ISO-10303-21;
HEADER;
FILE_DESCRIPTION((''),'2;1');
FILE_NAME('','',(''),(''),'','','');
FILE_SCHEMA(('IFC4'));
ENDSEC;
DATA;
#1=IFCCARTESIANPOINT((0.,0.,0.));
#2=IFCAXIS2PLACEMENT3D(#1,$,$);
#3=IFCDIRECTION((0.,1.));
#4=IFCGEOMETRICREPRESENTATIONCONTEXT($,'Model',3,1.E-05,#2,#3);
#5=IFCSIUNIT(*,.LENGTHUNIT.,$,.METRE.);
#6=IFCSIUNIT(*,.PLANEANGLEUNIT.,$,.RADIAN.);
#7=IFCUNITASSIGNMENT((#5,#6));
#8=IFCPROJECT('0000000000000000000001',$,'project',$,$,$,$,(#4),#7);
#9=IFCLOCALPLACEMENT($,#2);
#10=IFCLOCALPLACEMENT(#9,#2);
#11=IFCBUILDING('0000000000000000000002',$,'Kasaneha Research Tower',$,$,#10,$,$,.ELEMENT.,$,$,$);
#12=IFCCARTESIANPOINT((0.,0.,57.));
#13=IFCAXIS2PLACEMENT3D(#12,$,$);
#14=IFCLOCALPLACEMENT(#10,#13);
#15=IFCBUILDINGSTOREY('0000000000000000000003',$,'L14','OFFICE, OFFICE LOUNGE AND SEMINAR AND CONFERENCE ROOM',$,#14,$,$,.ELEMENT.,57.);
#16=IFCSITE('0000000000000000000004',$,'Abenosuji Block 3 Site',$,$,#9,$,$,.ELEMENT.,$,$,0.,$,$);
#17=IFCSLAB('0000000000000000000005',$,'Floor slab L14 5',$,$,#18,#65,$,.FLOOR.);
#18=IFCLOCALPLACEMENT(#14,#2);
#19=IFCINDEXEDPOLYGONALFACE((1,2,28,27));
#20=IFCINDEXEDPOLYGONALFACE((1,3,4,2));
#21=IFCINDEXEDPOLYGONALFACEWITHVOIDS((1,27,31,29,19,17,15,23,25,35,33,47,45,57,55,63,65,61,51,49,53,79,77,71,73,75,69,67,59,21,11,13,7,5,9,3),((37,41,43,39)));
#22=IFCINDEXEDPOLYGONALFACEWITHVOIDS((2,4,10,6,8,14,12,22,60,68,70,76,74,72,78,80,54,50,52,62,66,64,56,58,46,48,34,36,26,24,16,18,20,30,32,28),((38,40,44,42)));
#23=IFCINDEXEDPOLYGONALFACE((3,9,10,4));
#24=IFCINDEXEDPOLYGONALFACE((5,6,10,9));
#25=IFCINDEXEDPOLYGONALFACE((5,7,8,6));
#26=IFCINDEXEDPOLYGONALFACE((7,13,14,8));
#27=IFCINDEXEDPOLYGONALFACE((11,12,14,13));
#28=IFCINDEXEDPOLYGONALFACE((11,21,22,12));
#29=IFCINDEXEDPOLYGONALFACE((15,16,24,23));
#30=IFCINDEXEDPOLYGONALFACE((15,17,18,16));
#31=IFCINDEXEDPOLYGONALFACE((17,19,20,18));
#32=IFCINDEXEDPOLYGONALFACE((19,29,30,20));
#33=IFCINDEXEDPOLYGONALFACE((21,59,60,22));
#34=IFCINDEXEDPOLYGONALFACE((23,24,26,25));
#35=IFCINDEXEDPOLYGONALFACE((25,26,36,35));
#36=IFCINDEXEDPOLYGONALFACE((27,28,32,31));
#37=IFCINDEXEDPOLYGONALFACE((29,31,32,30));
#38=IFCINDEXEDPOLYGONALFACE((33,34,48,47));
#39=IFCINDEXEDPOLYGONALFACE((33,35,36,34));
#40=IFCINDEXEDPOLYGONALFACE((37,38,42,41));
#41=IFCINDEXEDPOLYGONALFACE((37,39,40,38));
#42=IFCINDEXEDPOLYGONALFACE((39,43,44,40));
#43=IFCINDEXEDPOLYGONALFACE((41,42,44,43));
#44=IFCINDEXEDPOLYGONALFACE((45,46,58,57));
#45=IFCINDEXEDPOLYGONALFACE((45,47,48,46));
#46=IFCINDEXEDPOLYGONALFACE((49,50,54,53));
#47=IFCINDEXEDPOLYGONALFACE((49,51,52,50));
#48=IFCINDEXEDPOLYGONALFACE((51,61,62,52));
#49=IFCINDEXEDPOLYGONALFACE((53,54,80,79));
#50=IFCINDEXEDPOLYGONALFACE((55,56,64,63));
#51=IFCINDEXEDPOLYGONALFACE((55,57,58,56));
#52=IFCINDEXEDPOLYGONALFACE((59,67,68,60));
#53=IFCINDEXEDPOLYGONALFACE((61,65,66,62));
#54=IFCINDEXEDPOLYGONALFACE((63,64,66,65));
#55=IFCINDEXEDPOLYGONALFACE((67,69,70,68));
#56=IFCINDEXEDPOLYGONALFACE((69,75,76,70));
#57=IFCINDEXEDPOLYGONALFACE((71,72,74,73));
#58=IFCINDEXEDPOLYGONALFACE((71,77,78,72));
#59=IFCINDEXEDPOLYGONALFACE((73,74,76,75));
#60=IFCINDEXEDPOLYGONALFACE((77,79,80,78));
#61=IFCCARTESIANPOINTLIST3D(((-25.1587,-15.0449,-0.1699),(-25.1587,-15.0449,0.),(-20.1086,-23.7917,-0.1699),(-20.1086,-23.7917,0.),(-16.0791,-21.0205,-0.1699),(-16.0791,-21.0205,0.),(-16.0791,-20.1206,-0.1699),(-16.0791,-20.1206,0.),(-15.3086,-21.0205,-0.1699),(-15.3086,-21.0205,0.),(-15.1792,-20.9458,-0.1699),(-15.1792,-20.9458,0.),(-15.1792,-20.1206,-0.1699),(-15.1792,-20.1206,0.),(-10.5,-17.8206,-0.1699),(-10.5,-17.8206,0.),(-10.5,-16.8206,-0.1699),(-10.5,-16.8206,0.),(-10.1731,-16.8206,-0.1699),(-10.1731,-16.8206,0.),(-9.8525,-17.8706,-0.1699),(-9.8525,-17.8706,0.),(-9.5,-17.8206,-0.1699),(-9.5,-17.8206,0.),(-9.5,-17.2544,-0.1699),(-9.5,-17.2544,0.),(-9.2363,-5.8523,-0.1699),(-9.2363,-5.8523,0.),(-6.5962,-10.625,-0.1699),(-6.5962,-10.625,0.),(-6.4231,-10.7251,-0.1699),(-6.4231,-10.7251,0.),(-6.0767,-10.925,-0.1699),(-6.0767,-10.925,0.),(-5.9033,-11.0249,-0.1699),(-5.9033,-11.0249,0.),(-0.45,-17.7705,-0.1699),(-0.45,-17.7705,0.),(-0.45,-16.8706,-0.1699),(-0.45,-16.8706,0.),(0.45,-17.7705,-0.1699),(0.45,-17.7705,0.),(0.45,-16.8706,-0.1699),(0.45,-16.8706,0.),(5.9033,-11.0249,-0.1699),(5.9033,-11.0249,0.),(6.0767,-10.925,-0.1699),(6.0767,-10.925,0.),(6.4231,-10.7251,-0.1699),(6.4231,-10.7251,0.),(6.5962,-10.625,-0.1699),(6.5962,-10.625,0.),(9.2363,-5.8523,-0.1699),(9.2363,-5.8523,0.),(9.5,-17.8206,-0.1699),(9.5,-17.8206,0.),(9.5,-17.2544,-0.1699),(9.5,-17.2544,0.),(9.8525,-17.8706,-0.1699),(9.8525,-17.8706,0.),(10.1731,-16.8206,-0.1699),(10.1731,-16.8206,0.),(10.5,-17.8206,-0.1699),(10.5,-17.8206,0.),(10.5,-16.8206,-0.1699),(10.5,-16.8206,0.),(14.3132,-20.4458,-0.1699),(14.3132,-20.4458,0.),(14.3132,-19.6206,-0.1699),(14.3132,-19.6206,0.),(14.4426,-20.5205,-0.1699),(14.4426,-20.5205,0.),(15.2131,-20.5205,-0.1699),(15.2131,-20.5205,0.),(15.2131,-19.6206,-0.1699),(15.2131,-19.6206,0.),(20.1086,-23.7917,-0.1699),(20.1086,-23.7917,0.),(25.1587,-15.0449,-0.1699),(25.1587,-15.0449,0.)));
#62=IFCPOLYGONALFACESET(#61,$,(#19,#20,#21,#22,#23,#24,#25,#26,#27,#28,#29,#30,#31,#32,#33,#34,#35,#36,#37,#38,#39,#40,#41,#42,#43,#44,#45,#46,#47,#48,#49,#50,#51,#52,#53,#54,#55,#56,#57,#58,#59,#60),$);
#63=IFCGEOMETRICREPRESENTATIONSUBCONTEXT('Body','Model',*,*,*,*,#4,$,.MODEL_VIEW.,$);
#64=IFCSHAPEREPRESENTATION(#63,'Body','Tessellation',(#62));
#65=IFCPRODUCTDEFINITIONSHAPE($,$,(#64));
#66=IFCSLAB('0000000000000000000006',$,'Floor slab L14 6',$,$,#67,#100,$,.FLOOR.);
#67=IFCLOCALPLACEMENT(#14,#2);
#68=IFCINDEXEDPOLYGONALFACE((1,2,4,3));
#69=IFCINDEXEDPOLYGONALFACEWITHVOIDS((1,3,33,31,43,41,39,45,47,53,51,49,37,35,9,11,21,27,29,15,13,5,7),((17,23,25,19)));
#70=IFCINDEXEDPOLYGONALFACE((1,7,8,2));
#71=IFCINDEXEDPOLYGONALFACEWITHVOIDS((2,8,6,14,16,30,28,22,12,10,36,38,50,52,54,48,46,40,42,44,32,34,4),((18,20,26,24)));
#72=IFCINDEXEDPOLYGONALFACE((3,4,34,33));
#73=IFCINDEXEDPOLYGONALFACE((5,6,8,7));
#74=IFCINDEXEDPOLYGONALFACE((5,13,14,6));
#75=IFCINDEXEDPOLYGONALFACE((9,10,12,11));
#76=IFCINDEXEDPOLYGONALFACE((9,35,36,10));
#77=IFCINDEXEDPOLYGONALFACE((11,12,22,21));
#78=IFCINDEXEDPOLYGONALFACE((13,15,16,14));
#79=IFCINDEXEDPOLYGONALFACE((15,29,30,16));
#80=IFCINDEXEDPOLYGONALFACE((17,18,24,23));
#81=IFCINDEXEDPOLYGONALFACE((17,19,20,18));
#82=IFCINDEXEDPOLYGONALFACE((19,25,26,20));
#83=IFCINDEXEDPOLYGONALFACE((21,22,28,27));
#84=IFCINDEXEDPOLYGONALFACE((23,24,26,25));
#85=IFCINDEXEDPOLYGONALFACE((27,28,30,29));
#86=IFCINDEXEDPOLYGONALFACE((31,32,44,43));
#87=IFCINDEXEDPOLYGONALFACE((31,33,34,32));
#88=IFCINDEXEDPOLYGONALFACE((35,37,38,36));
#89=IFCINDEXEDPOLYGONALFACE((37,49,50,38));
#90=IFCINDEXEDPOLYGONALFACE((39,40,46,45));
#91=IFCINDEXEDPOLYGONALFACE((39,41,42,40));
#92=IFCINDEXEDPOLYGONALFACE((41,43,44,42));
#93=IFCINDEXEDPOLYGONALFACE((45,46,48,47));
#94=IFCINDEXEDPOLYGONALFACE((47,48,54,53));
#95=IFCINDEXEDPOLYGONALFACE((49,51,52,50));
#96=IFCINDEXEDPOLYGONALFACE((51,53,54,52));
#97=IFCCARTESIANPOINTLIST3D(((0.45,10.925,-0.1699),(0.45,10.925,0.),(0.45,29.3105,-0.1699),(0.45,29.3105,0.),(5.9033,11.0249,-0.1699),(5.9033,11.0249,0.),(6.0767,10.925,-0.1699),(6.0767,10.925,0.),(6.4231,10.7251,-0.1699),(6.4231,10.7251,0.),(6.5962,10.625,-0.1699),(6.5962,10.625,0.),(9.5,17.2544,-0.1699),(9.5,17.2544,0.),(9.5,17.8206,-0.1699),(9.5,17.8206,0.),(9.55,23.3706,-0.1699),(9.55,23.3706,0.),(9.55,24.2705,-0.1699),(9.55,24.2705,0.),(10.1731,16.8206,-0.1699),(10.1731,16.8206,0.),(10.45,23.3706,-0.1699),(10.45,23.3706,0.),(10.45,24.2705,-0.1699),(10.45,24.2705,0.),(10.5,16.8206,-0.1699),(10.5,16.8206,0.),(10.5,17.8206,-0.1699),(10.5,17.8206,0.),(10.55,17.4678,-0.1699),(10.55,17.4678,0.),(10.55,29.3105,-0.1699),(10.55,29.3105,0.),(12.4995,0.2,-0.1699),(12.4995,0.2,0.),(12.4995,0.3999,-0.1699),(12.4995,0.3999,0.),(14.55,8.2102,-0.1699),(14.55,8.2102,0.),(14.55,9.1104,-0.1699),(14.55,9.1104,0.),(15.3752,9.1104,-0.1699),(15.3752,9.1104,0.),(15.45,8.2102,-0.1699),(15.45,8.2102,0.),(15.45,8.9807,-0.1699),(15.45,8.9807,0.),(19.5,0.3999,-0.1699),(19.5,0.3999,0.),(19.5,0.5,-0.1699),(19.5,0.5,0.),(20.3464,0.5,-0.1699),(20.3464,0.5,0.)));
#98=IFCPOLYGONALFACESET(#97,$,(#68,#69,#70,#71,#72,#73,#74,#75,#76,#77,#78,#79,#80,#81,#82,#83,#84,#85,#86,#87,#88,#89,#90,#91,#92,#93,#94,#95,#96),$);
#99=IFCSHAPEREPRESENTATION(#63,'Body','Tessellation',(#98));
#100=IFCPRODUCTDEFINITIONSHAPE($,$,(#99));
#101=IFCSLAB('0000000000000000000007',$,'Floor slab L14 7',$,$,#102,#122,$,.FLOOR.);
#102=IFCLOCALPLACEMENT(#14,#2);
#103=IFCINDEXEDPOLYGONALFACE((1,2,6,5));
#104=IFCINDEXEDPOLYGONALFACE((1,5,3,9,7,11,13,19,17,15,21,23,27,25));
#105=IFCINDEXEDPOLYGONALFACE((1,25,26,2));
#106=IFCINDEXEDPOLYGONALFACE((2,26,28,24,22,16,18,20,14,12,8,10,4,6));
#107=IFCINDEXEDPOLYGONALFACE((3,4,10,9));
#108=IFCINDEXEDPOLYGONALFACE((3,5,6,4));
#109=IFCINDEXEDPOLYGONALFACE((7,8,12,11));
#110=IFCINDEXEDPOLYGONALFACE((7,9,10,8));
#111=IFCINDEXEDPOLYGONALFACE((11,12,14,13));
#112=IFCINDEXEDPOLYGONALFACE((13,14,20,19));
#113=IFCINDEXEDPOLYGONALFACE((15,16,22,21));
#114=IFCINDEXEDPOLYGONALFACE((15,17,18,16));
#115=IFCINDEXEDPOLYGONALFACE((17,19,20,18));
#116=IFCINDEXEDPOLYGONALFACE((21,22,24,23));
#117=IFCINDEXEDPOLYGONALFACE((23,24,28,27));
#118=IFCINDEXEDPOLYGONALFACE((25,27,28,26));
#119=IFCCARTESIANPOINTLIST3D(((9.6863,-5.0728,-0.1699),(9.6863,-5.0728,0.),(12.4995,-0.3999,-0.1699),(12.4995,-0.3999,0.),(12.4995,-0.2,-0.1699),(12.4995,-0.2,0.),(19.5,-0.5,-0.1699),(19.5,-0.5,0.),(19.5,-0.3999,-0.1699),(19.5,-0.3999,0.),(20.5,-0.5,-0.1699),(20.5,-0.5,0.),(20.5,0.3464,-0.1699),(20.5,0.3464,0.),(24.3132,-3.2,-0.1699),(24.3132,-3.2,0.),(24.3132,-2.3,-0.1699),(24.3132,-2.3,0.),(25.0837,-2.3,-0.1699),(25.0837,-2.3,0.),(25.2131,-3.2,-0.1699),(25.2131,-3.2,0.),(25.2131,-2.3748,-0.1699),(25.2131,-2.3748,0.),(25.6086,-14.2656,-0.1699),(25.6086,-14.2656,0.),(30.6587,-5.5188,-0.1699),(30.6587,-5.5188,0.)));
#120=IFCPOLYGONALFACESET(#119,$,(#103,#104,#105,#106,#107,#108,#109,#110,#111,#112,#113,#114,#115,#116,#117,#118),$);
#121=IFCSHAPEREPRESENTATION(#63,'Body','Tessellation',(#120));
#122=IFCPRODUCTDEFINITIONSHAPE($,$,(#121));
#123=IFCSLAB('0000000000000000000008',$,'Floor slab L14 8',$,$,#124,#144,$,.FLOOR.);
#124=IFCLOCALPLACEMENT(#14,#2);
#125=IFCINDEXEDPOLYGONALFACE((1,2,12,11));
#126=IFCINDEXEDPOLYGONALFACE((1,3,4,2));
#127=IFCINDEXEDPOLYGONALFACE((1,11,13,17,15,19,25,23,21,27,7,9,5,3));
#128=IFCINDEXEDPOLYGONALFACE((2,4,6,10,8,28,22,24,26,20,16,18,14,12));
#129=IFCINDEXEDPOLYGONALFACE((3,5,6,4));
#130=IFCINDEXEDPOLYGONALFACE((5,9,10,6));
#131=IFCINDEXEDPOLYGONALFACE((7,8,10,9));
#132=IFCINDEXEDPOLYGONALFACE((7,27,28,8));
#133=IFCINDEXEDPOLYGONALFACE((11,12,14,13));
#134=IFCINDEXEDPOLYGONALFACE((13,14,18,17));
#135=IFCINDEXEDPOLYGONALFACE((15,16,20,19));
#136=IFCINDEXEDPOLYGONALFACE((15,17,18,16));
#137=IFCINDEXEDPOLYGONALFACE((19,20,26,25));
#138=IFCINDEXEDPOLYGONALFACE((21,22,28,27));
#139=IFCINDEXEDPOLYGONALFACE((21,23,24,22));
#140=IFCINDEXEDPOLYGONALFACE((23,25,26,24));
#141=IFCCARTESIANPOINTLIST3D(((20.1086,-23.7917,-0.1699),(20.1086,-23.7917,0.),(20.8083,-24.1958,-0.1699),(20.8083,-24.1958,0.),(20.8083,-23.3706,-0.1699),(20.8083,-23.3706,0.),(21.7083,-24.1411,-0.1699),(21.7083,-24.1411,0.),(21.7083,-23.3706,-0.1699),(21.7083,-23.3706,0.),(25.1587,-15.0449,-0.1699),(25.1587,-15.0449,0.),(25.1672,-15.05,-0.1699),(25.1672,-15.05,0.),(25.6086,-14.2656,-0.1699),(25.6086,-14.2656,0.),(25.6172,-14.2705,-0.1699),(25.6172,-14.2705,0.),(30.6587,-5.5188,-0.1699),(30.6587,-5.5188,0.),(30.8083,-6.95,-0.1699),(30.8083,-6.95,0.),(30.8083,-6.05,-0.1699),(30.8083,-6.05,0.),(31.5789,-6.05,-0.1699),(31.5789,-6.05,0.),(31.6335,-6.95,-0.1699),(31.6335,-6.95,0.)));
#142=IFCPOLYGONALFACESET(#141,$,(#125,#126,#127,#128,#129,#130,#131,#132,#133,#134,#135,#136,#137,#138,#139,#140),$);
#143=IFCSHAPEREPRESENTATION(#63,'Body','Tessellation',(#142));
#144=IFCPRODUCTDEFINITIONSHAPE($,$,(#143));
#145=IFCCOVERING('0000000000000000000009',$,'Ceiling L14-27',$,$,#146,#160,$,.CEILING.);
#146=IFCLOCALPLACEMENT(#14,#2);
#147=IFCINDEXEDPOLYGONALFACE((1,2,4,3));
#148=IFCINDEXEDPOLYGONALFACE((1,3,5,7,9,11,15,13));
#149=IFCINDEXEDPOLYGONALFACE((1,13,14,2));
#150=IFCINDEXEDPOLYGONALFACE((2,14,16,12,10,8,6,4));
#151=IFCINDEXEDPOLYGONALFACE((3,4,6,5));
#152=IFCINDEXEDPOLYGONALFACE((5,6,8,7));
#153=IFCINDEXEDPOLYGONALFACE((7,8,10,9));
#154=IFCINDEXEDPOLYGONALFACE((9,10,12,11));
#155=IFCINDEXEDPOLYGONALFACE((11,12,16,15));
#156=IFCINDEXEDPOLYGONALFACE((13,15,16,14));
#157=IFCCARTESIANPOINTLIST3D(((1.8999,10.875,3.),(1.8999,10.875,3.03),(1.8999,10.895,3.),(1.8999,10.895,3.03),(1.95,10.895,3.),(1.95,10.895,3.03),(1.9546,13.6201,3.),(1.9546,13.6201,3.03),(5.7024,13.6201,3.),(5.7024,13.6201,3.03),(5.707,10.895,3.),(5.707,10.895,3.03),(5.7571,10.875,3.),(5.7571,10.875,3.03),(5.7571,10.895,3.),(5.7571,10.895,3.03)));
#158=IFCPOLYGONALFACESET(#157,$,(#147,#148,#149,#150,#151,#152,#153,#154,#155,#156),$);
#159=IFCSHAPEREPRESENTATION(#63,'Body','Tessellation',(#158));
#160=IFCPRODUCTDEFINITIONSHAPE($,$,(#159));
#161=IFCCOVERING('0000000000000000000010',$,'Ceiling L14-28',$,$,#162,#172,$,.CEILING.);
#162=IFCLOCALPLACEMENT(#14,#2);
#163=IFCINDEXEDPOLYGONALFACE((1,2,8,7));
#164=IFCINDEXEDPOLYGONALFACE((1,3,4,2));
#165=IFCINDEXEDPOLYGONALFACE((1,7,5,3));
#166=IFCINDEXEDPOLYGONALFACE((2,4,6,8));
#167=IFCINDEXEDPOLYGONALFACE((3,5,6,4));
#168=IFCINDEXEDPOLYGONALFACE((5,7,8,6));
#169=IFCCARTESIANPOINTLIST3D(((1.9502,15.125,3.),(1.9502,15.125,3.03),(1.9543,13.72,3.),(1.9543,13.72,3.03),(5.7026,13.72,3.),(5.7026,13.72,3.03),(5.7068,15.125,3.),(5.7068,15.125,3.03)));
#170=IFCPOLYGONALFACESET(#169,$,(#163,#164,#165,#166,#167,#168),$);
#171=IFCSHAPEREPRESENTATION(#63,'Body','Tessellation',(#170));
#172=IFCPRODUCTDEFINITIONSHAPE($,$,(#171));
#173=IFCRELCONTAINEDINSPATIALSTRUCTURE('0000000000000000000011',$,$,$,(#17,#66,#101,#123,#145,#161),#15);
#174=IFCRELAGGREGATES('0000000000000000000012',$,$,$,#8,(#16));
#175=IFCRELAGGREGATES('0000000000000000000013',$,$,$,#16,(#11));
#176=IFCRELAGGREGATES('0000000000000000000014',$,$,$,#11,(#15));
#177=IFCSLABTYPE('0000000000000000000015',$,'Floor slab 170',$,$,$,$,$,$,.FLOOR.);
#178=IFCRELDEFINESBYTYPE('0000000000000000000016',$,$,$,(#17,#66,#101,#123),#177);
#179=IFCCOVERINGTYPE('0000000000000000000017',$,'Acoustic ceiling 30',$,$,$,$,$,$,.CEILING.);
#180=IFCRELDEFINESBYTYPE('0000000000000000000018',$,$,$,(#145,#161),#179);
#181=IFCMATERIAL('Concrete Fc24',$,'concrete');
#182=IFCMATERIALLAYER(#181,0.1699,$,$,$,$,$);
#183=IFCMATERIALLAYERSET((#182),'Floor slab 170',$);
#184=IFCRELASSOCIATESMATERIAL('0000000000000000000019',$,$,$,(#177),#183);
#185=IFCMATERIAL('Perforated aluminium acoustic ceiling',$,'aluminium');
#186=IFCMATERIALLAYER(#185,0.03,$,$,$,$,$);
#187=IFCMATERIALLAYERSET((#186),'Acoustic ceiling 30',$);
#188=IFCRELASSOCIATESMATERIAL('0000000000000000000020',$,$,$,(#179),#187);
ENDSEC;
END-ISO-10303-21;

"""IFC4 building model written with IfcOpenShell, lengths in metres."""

from ifc_helpers import new_model, si_unit, direction, frame, origin, place, context, subcontext, project, spatial, polyline, outline, extrude, material, layer, layer_set, type_object, element, save


model = new_model("IFC4")

# Units and contexts
model_context = context("Model", 3, precision=1e-05, world=origin(), true_north=direction((0.0, 1.0)))
body_context = subcontext(model_context, "Body", "Model", "MODEL_VIEW")
ifc_project = project(units=[si_unit("LENGTHUNIT", "METRE"), si_unit("PLANEANGLEUNIT", "RADIAN")], contexts=[model_context])

# Site, building, storey
site_placement = place(None, origin())
site = spatial("IfcSite", under=ifc_project, at=site_placement, Name="Abenosuji Block 3 Site", CompositionType="ELEMENT", RefElevation=0.0)
building_placement = place(site_placement, origin())
building = spatial("IfcBuilding", under=site, at=building_placement, Name="Kasaneha Research Tower", CompositionType="ELEMENT")
storey_placement = place(building_placement, frame((0.0, 0.0, 57.0)))
storey = spatial("IfcBuildingStorey", under=building, at=storey_placement, Name="L14", Description="OFFICE, OFFICE LOUNGE AND SEMINAR AND CONFERENCE ROOM", CompositionType="ELEMENT", Elevation=57.0)

# Slabs
ifc_material_1 = material(Name="Concrete Fc24", Category="concrete")
ifc_layer_1 = layer(ifc_material_1, 0.1699)
ifc_layer_set_1 = layer_set([ifc_layer_1], Name="Floor slab 170")
slab_type_1 = type_object("IfcSlabType", Name="Floor slab 170", PredefinedType="FLOOR", material=ifc_layer_set_1)
slab_1_placement = place(storey_placement, frame((0.0, 0.0, -0.1699)))
element("IfcSlab", 1, at=slab_1_placement, inside=storey, type_object=slab_type_1, Name="Floor slab L14 5", PredefinedType="FLOOR", context=body_context, shape_type="SweptSolid", body=[
    extrude(outline(polyline([(-6.4231, -10.7251), (-6.5962, -10.625), (-10.1731, -16.8206), (-10.5, -16.8206), (-10.5, -17.8206), (-9.5, -17.8206), (-9.5, -17.2544), (-5.9033, -11.0249), (-6.0767, -10.925), (6.0767, -10.925), (5.9033, -11.0249), (9.5, -17.2544), (9.5, -17.8206), (10.5, -17.8206), (10.5, -16.8206), (10.1731, -16.8206), (6.5962, -10.625), (6.4231, -10.7251), (9.2363, -5.8523), (25.1587, -15.0449), (20.1086, -23.7917), (14.4426, -20.5205), (15.2131, -20.5205), (15.2131, -19.6206), (14.3132, -19.6206), (14.3132, -20.4458), (9.8525, -17.8706), (-9.8525, -17.8706), (-15.1792, -20.9458), (-15.1792, -20.1206), (-16.0791, -20.1206), (-16.0791, -21.0205), (-15.3086, -21.0205), (-20.1086, -23.7917), (-25.1587, -15.0449), (-9.2363, -5.8523), (-6.4231, -10.7251)]), holes=[polyline([(-0.45, -17.7705), (0.45, -17.7705), (0.45, -16.8706), (-0.45, -16.8706), (-0.45, -17.7705)])]), origin(), (0.0, 0.0, 1.0), 0.1699),
])
slab_2_placement = place(storey_placement, frame((0.0, 0.0, -0.1699)))
element("IfcSlab", 2, at=slab_2_placement, inside=storey, type_object=slab_type_1, Name="Floor slab L14 6", PredefinedType="FLOOR", context=body_context, shape_type="SweptSolid", body=[
    extrude(outline(polyline([(14.55, 9.1104), (14.55, 8.2102), (15.45, 8.2102), (15.45, 8.9807), (20.3464, 0.5), (19.5, 0.5), (19.5, 0.3999), (12.4995, 0.3999), (12.4995, 0.2), (6.4231, 10.7251), (6.5962, 10.625), (10.1731, 16.8206), (10.5, 16.8206), (10.5, 17.8206), (9.5, 17.8206), (9.5, 17.2544), (5.9033, 11.0249), (6.0767, 10.925), (0.45, 10.925), (0.45, 29.3105), (10.55, 29.3105), (10.55, 17.4678), (15.3752, 9.1104), (14.55, 9.1104)]), holes=[polyline([(9.55, 23.3706), (10.45, 23.3706), (10.45, 24.2705), (9.55, 24.2705), (9.55, 23.3706)])]), origin(), (0.0, 0.0, 1.0), 0.1699),
])
slab_3_placement = place(storey_placement, frame((0.0, 0.0, -0.1699)))
element("IfcSlab", 3, at=slab_3_placement, inside=storey, type_object=slab_type_1, Name="Floor slab L14 7", PredefinedType="FLOOR", context=body_context, shape_type="SweptSolid", body=[
    extrude(outline(polyline([(9.6863, -5.0728), (12.4995, -0.2), (12.4995, -0.3999), (19.5, -0.3999), (19.5, -0.5), (20.5, -0.5), (20.5, 0.3464), (25.0837, -2.3), (24.3132, -2.3), (24.3132, -3.2), (25.2131, -3.2), (25.2131, -2.3748), (30.6587, -5.5188), (25.6086, -14.2656), (9.6863, -5.0728)])), origin(), (0.0, 0.0, 1.0), 0.1699),
])
slab_4_placement = place(storey_placement, frame((0.0, 0.0, -0.1699)))
element("IfcSlab", 4, at=slab_4_placement, inside=storey, type_object=slab_type_1, Name="Floor slab L14 8", PredefinedType="FLOOR", context=body_context, shape_type="SweptSolid", body=[
    extrude(outline(polyline([(25.1672, -15.05), (25.6172, -14.2705), (25.6086, -14.2656), (30.6587, -5.5188), (31.5789, -6.05), (30.8083, -6.05), (30.8083, -6.95), (31.6335, -6.95), (21.7083, -24.1411), (21.7083, -23.3706), (20.8083, -23.3706), (20.8083, -24.1958), (20.1086, -23.7917), (25.1587, -15.0449), (25.1672, -15.05)])), origin(), (0.0, 0.0, 1.0), 0.1699),
])

# Coverings
ifc_material_2 = material(Name="Perforated aluminium acoustic ceiling", Category="aluminium")
ifc_layer_2 = layer(ifc_material_2, 0.03)
ifc_layer_set_2 = layer_set([ifc_layer_2], Name="Acoustic ceiling 30")
covering_type_1 = type_object("IfcCoveringType", Name="Acoustic ceiling 30", PredefinedType="CEILING", material=ifc_layer_set_2)
covering_1_placement = place(storey_placement, frame((0.0, 0.0, 3.0)))
element("IfcCovering", 5, at=covering_1_placement, inside=storey, type_object=covering_type_1, Name="Ceiling L14-27", PredefinedType="CEILING", context=body_context, shape_type="SweptSolid", body=[
    extrude(outline(polyline([(1.8999, 10.875), (1.8999, 10.895), (1.95, 10.895), (1.9546, 13.6201), (5.7024, 13.6201), (5.707, 10.895), (5.7571, 10.895), (5.7571, 10.875), (1.8999, 10.875)])), origin(), (0.0, 0.0, 1.0), 0.03),
])
covering_2_placement = place(storey_placement, frame((0.0, 0.0, 3.0)))
element("IfcCovering", 6, at=covering_2_placement, inside=storey, type_object=covering_type_1, Name="Ceiling L14-28", PredefinedType="CEILING", context=body_context, shape_type="SweptSolid", body=[
    extrude(outline(polyline([(1.9543, 13.72), (1.9502, 15.125), (5.7068, 15.125), (5.7026, 13.72), (1.9543, 13.72)])), origin(), (0.0, 0.0, 1.0), 0.03),
])

save(model, "model.ifc")
